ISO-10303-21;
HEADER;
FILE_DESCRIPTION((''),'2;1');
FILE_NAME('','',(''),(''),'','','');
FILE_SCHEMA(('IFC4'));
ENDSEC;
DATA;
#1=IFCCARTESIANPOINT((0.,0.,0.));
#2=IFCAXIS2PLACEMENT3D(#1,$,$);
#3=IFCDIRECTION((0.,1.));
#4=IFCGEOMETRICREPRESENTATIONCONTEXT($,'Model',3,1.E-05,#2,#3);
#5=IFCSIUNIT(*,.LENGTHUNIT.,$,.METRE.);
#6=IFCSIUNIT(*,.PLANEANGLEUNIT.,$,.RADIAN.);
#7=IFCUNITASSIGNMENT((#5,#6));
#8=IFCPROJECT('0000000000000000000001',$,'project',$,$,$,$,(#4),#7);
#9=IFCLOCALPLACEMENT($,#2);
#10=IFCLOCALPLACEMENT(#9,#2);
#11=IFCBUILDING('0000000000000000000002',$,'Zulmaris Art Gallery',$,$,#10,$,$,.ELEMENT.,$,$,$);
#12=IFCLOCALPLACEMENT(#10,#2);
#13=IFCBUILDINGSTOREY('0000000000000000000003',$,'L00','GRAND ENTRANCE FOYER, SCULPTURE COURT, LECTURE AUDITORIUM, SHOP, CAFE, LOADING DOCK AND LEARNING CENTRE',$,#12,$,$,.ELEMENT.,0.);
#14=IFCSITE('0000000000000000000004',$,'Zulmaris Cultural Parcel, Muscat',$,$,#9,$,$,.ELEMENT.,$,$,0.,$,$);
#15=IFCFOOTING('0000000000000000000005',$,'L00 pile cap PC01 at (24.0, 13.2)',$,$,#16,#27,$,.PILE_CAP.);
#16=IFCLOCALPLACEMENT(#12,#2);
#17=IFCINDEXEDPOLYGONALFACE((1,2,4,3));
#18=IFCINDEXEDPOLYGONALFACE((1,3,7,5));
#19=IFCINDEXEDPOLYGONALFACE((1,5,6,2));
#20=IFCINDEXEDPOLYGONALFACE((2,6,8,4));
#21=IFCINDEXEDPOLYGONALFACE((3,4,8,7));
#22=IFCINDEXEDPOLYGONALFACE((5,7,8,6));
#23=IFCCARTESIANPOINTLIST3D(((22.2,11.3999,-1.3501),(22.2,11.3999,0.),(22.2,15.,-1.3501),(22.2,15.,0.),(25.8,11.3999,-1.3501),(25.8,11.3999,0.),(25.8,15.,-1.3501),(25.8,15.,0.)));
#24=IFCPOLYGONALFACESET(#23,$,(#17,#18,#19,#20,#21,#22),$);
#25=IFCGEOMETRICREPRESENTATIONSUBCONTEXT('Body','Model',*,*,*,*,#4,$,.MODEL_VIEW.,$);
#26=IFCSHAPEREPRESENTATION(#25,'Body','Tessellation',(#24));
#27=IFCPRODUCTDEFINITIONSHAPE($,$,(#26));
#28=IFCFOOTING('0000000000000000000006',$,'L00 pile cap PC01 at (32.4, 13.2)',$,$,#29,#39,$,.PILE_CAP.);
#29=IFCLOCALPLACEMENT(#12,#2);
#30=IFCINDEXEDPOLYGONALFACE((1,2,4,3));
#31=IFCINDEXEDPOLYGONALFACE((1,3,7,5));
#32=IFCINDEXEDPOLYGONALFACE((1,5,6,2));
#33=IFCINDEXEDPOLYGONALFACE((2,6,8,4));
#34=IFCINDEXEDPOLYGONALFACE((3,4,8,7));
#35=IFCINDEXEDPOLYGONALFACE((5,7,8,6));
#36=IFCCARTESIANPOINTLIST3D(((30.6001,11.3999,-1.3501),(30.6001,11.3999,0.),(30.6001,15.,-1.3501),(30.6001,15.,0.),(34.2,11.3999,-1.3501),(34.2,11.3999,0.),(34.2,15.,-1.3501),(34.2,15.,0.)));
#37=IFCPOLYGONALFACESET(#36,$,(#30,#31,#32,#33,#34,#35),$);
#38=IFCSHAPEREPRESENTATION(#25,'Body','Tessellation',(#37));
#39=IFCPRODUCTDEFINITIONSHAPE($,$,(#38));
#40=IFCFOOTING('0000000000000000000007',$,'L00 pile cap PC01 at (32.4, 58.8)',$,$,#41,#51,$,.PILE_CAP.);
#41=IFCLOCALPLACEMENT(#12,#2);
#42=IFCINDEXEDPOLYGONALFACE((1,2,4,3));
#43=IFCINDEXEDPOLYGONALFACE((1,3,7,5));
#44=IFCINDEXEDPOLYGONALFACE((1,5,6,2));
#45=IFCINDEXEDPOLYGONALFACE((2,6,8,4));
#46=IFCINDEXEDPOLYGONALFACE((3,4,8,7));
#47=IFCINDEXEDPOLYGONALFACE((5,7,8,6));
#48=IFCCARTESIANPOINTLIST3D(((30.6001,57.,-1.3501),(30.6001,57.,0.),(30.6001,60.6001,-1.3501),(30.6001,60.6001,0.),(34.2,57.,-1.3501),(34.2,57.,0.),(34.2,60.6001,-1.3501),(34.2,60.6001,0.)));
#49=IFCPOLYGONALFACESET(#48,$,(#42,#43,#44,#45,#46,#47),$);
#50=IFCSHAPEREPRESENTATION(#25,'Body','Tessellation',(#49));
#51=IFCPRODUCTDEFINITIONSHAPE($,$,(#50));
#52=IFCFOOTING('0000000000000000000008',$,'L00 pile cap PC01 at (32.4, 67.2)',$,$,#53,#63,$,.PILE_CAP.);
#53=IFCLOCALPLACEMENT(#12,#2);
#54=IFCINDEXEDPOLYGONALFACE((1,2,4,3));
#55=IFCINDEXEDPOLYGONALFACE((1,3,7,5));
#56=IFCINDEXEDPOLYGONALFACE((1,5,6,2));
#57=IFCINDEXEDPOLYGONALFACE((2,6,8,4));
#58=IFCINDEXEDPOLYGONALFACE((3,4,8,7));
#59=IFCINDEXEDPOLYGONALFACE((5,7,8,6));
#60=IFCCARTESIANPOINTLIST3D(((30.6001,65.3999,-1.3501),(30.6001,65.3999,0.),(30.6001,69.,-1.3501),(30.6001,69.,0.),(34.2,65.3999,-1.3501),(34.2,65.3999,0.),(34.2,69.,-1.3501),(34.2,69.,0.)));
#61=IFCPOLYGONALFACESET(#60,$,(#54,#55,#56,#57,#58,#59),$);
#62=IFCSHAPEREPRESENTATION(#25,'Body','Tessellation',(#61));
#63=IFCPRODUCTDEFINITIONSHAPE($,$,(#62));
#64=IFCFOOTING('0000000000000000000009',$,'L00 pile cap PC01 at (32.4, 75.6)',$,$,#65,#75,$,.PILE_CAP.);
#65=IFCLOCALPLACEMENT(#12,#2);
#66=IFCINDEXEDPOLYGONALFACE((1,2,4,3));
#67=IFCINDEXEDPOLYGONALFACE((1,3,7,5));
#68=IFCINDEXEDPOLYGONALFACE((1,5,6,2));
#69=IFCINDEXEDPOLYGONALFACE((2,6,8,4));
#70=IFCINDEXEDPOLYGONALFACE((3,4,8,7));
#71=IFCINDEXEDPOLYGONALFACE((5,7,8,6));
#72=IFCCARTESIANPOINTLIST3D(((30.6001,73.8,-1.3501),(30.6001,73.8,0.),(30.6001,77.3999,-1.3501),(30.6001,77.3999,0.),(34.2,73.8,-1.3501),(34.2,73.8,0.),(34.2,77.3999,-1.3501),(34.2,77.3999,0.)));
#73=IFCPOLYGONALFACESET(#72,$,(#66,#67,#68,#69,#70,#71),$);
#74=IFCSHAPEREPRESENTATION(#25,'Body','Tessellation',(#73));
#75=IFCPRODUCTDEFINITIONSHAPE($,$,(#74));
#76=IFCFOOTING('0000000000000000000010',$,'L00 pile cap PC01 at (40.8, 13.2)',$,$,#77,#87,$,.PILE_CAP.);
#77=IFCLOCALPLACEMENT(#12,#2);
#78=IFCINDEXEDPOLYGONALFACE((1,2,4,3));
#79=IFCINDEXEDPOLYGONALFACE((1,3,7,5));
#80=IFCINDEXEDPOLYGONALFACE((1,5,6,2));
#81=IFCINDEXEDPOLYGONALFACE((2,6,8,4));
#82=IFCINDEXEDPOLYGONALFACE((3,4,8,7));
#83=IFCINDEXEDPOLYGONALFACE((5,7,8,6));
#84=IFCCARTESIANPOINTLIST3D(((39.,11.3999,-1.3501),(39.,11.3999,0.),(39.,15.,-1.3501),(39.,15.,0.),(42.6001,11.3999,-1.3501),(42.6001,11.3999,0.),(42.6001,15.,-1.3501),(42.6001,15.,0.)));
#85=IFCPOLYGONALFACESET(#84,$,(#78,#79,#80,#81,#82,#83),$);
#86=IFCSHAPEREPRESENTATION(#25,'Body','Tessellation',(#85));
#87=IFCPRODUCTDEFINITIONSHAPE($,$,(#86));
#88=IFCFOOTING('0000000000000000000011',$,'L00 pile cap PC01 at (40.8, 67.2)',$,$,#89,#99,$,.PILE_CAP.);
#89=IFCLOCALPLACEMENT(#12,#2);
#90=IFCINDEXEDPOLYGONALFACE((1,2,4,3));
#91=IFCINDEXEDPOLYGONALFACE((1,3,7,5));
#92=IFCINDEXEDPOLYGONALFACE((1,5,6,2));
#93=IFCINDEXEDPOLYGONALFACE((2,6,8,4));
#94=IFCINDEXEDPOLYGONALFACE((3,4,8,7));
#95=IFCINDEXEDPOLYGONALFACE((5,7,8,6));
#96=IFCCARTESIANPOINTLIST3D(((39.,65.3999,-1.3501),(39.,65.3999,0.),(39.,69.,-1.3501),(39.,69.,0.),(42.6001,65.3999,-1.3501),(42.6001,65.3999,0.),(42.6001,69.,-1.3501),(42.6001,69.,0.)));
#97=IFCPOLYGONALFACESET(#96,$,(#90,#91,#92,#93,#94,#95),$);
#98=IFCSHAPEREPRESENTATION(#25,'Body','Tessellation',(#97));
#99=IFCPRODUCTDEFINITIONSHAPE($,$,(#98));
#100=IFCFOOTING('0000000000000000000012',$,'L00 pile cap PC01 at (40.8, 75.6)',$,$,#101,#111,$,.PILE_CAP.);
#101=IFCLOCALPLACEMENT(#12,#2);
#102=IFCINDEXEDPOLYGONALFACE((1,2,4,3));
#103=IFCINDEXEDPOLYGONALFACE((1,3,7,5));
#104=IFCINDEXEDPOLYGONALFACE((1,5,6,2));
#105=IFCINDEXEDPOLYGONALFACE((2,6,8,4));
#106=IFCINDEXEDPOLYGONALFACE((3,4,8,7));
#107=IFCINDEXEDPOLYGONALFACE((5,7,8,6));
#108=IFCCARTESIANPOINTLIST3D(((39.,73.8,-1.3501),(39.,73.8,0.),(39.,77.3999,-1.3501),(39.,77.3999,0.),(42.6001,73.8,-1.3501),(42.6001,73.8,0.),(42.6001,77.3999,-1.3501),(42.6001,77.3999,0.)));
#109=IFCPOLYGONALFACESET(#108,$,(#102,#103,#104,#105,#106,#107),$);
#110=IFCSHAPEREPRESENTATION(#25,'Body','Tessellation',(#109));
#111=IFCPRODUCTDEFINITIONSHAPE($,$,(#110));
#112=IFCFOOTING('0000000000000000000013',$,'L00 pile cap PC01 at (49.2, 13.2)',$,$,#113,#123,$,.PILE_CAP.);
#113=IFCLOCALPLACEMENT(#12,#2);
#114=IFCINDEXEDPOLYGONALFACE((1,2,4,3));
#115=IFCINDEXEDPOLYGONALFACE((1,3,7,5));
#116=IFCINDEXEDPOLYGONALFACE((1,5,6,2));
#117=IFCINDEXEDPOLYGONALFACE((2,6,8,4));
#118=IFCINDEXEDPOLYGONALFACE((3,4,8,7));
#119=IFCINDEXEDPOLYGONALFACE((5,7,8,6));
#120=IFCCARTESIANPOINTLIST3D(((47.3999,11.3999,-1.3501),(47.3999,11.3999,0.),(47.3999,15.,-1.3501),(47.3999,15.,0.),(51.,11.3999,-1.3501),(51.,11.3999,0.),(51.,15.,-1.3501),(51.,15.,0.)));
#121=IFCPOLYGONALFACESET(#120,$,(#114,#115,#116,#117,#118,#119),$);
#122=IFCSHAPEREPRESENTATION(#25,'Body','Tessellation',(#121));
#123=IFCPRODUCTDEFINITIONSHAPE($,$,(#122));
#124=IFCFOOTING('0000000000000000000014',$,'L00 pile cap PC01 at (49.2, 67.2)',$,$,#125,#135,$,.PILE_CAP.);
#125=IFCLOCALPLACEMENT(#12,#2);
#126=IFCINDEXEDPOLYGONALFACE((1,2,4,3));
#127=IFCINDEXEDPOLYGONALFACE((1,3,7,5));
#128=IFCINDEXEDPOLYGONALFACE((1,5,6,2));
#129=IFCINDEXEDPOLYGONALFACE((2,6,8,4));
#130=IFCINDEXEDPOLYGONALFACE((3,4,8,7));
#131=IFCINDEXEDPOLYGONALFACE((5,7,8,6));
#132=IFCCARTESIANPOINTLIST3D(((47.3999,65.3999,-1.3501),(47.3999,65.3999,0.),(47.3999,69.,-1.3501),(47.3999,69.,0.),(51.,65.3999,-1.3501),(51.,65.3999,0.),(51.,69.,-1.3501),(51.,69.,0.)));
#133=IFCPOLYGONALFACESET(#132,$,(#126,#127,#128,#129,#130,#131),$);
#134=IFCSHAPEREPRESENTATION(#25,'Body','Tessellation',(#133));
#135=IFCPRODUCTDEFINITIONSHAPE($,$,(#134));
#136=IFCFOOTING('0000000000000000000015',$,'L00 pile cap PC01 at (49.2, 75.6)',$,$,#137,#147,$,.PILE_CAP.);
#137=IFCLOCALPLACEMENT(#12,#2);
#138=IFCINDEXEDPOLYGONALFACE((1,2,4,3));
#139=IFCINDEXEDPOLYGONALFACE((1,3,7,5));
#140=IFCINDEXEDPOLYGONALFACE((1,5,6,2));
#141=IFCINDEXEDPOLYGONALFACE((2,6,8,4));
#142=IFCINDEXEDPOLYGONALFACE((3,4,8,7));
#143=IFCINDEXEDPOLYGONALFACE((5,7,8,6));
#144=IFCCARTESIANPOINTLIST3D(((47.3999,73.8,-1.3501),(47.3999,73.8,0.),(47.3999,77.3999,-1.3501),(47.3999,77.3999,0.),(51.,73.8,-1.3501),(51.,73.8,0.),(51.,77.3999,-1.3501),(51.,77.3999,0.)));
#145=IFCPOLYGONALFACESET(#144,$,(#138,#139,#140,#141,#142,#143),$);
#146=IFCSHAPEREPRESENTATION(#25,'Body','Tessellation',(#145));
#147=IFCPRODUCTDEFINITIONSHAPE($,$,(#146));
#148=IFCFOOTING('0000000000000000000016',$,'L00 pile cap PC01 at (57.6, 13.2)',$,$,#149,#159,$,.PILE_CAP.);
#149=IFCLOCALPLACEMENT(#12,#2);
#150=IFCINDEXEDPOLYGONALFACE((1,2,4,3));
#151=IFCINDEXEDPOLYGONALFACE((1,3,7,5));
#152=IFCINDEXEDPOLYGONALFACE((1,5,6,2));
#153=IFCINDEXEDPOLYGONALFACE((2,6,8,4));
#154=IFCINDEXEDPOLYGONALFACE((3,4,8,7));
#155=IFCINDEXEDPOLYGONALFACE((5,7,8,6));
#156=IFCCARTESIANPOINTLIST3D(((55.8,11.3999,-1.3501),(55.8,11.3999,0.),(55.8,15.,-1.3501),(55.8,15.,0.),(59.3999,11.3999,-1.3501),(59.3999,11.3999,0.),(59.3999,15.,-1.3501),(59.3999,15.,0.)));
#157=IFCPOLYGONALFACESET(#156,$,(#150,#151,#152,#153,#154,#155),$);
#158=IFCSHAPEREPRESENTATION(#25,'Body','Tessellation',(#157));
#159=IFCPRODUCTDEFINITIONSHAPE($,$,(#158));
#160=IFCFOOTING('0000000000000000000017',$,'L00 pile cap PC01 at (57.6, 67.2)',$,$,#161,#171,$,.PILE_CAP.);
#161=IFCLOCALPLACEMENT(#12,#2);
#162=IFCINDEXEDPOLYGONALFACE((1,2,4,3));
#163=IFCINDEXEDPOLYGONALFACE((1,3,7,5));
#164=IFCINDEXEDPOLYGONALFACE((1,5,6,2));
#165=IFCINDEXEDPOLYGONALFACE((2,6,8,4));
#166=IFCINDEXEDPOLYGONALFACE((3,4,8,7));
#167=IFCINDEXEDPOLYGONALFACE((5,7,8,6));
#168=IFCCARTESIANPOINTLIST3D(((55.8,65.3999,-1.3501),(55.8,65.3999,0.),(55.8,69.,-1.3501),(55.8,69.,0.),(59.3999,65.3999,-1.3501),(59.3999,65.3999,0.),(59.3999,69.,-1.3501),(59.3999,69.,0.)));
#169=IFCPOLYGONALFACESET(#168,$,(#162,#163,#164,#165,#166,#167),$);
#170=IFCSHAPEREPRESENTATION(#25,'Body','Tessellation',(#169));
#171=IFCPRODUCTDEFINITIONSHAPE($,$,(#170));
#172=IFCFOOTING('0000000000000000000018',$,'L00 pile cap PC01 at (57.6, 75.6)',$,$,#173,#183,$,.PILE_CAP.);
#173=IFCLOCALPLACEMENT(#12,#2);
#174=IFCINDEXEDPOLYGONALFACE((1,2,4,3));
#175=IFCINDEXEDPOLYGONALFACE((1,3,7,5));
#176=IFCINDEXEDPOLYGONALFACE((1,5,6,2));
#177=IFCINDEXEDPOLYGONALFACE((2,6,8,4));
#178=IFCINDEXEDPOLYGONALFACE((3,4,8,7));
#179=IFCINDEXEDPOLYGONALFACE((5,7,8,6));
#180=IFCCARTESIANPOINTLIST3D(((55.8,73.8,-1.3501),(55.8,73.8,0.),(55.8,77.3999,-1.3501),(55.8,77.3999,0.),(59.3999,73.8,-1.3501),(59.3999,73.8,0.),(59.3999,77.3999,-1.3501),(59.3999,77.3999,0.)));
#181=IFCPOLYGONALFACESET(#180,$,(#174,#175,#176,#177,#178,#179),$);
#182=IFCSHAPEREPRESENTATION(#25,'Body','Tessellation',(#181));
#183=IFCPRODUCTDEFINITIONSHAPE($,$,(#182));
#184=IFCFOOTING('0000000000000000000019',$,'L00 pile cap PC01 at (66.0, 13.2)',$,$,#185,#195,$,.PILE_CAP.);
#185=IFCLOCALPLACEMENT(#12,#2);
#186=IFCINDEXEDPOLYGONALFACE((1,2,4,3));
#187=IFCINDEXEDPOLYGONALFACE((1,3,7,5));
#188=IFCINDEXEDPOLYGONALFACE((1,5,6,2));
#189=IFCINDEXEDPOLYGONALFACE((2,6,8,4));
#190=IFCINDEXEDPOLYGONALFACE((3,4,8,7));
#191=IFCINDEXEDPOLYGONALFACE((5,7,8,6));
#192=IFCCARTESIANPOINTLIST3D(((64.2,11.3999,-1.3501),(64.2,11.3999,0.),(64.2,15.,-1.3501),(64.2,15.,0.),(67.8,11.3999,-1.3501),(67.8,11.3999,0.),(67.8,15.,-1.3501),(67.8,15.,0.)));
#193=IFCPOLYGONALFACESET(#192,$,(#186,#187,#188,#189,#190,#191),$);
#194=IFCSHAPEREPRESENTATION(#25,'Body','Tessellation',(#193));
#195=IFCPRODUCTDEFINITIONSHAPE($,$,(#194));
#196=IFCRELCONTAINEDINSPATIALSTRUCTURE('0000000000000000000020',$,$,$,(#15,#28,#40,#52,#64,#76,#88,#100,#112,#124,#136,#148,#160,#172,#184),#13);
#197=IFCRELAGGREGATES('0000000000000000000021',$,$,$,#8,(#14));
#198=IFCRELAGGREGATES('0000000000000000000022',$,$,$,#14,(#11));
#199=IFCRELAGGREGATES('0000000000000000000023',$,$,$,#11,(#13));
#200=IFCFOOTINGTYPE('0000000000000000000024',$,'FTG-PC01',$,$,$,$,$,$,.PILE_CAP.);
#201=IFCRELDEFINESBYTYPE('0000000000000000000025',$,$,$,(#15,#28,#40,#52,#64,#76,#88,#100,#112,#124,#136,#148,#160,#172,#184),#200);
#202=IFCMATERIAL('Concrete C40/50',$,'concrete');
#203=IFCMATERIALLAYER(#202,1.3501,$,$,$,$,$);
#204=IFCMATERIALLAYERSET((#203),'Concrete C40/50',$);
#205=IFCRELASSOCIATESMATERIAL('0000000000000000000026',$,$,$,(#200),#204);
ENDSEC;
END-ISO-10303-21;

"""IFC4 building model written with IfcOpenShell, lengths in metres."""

from ifc_helpers import new_model, si_unit, direction, frame, origin, place, context, subcontext, project, spatial, polyline, outline, extrude, material, layer, layer_set, type_object, element, save


model = new_model("IFC4")

# Units and contexts
model_context = context("Model", 3, precision=1e-05, world=origin(), true_north=direction((0.0, 1.0)))
body_context = subcontext(model_context, "Body", "Model", "MODEL_VIEW")
ifc_project = project(units=[si_unit("LENGTHUNIT", "METRE"), si_unit("PLANEANGLEUNIT", "RADIAN")], contexts=[model_context])

# Site, building, storey
site_placement = place(None, origin())
site = spatial("IfcSite", under=ifc_project, at=site_placement, Name="Zulmaris Cultural Parcel, Muscat", CompositionType="ELEMENT", RefElevation=0.0)
building_placement = place(site_placement, origin())
building = spatial("IfcBuilding", under=site, at=building_placement, Name="Zulmaris Art Gallery", CompositionType="ELEMENT")
storey_placement = place(building_placement, origin())
storey = spatial("IfcBuildingStorey", under=building, at=storey_placement, Name="L00", Description="GRAND ENTRANCE FOYER, SCULPTURE COURT, LECTURE AUDITORIUM, SHOP, CAFE, LOADING DOCK AND LEARNING CENTRE", CompositionType="ELEMENT", Elevation=0.0)

# Footings
ifc_material = material(Name="Concrete C40/50", Category="concrete")
ifc_layer_1 = layer(ifc_material, 1.3501)
ifc_layer_set_1 = layer_set([ifc_layer_1], Name="Concrete C40/50")
footing_type_1 = type_object("IfcFootingType", Name="FTG-PC01", PredefinedType="PILE_CAP", material=ifc_layer_set_1)
footing_1_placement = place(storey_placement, frame((0.0, 0.0, -1.3501)))
element("IfcFooting", 1, at=footing_1_placement, inside=storey, type_object=footing_type_1, Name="L00 pile cap PC01 at (24.0, 13.2)", PredefinedType="PILE_CAP", context=body_context, shape_type="SweptSolid", body=[
    extrude(outline(polyline([(22.2, 11.3999), (25.8, 11.3999), (25.8, 15.0), (22.2, 15.0), (22.2, 11.3999)])), origin(), (0.0, 0.0, 1.0), 1.3501),
])
footing_2_placement = place(storey_placement, frame((0.0, 0.0, -1.3501)))
element("IfcFooting", 2, at=footing_2_placement, inside=storey, type_object=footing_type_1, Name="L00 pile cap PC01 at (32.4, 13.2)", PredefinedType="PILE_CAP", context=body_context, shape_type="SweptSolid", body=[
    extrude(outline(polyline([(30.6001, 11.3999), (34.2, 11.3999), (34.2, 15.0), (30.6001, 15.0), (30.6001, 11.3999)])), origin(), (0.0, 0.0, 1.0), 1.3501),
])
footing_3_placement = place(storey_placement, frame((0.0, 0.0, -1.3501)))
element("IfcFooting", 3, at=footing_3_placement, inside=storey, type_object=footing_type_1, Name="L00 pile cap PC01 at (32.4, 58.8)", PredefinedType="PILE_CAP", context=body_context, shape_type="SweptSolid", body=[
    extrude(outline(polyline([(30.6001, 57.0), (34.2, 57.0), (34.2, 60.6001), (30.6001, 60.6001), (30.6001, 57.0)])), origin(), (0.0, 0.0, 1.0), 1.3501),
])
footing_4_placement = place(storey_placement, frame((0.0, 0.0, -1.3501)))
element("IfcFooting", 4, at=footing_4_placement, inside=storey, type_object=footing_type_1, Name="L00 pile cap PC01 at (32.4, 67.2)", PredefinedType="PILE_CAP", context=body_context, shape_type="SweptSolid", body=[
    extrude(outline(polyline([(30.6001, 65.3999), (34.2, 65.3999), (34.2, 69.0), (30.6001, 69.0), (30.6001, 65.3999)])), origin(), (0.0, 0.0, 1.0), 1.3501),
])
footing_5_placement = place(storey_placement, frame((0.0, 0.0, -1.3501)))
element("IfcFooting", 5, at=footing_5_placement, inside=storey, type_object=footing_type_1, Name="L00 pile cap PC01 at (32.4, 75.6)", PredefinedType="PILE_CAP", context=body_context, shape_type="SweptSolid", body=[
    extrude(outline(polyline([(30.6001, 73.8), (34.2, 73.8), (34.2, 77.3999), (30.6001, 77.3999), (30.6001, 73.8)])), origin(), (0.0, 0.0, 1.0), 1.3501),
])
footing_6_placement = place(storey_placement, frame((0.0, 0.0, -1.3501)))
element("IfcFooting", 6, at=footing_6_placement, inside=storey, type_object=footing_type_1, Name="L00 pile cap PC01 at (40.8, 13.2)", PredefinedType="PILE_CAP", context=body_context, shape_type="SweptSolid", body=[
    extrude(outline(polyline([(39.0, 11.3999), (42.6001, 11.3999), (42.6001, 15.0), (39.0, 15.0), (39.0, 11.3999)])), origin(), (0.0, 0.0, 1.0), 1.3501),
])
footing_7_placement = place(storey_placement, frame((0.0, 0.0, -1.3501)))
element("IfcFooting", 7, at=footing_7_placement, inside=storey, type_object=footing_type_1, Name="L00 pile cap PC01 at (40.8, 67.2)", PredefinedType="PILE_CAP", context=body_context, shape_type="SweptSolid", body=[
    extrude(outline(polyline([(39.0, 65.3999), (42.6001, 65.3999), (42.6001, 69.0), (39.0, 69.0), (39.0, 65.3999)])), origin(), (0.0, 0.0, 1.0), 1.3501),
])
footing_8_placement = place(storey_placement, frame((0.0, 0.0, -1.3501)))
element("IfcFooting", 8, at=footing_8_placement, inside=storey, type_object=footing_type_1, Name="L00 pile cap PC01 at (40.8, 75.6)", PredefinedType="PILE_CAP", context=body_context, shape_type="SweptSolid", body=[
    extrude(outline(polyline([(39.0, 73.8), (42.6001, 73.8), (42.6001, 77.3999), (39.0, 77.3999), (39.0, 73.8)])), origin(), (0.0, 0.0, 1.0), 1.3501),
])
footing_9_placement = place(storey_placement, frame((0.0, 0.0, -1.3501)))
element("IfcFooting", 9, at=footing_9_placement, inside=storey, type_object=footing_type_1, Name="L00 pile cap PC01 at (49.2, 13.2)", PredefinedType="PILE_CAP", context=body_context, shape_type="SweptSolid", body=[
    extrude(outline(polyline([(47.3999, 11.3999), (51.0, 11.3999), (51.0, 15.0), (47.3999, 15.0), (47.3999, 11.3999)])), origin(), (0.0, 0.0, 1.0), 1.3501),
])
footing_10_placement = place(storey_placement, frame((0.0, 0.0, -1.3501)))
element("IfcFooting", 10, at=footing_10_placement, inside=storey, type_object=footing_type_1, Name="L00 pile cap PC01 at (49.2, 67.2)", PredefinedType="PILE_CAP", context=body_context, shape_type="SweptSolid", body=[
    extrude(outline(polyline([(47.3999, 65.3999), (51.0, 65.3999), (51.0, 69.0), (47.3999, 69.0), (47.3999, 65.3999)])), origin(), (0.0, 0.0, 1.0), 1.3501),
])
footing_11_placement = place(storey_placement, frame((0.0, 0.0, -1.3501)))
element("IfcFooting", 11, at=footing_11_placement, inside=storey, type_object=footing_type_1, Name="L00 pile cap PC01 at (49.2, 75.6)", PredefinedType="PILE_CAP", context=body_context, shape_type="SweptSolid", body=[
    extrude(outline(polyline([(47.3999, 73.8), (51.0, 73.8), (51.0, 77.3999), (47.3999, 77.3999), (47.3999, 73.8)])), origin(), (0.0, 0.0, 1.0), 1.3501),
])
footing_12_placement = place(storey_placement, frame((0.0, 0.0, -1.3501)))
element("IfcFooting", 12, at=footing_12_placement, inside=storey, type_object=footing_type_1, Name="L00 pile cap PC01 at (57.6, 13.2)", PredefinedType="PILE_CAP", context=body_context, shape_type="SweptSolid", body=[
    extrude(outline(polyline([(55.8, 11.3999), (59.3999, 11.3999), (59.3999, 15.0), (55.8, 15.0), (55.8, 11.3999)])), origin(), (0.0, 0.0, 1.0), 1.3501),
])
footing_13_placement = place(storey_placement, frame((0.0, 0.0, -1.3501)))
element("IfcFooting", 13, at=footing_13_placement, inside=storey, type_object=footing_type_1, Name="L00 pile cap PC01 at (57.6, 67.2)", PredefinedType="PILE_CAP", context=body_context, shape_type="SweptSolid", body=[
    extrude(outline(polyline([(55.8, 65.3999), (59.3999, 65.3999), (59.3999, 69.0), (55.8, 69.0), (55.8, 65.3999)])), origin(), (0.0, 0.0, 1.0), 1.3501),
])
footing_14_placement = place(storey_placement, frame((0.0, 0.0, -1.3501)))
element("IfcFooting", 14, at=footing_14_placement, inside=storey, type_object=footing_type_1, Name="L00 pile cap PC01 at (57.6, 75.6)", PredefinedType="PILE_CAP", context=body_context, shape_type="SweptSolid", body=[
    extrude(outline(polyline([(55.8, 73.8), (59.3999, 73.8), (59.3999, 77.3999), (55.8, 77.3999), (55.8, 73.8)])), origin(), (0.0, 0.0, 1.0), 1.3501),
])
footing_15_placement = place(storey_placement, frame((0.0, 0.0, -1.3501)))
element("IfcFooting", 15, at=footing_15_placement, inside=storey, type_object=footing_type_1, Name="L00 pile cap PC01 at (66.0, 13.2)", PredefinedType="PILE_CAP", context=body_context, shape_type="SweptSolid", body=[
    extrude(outline(polyline([(64.2, 11.3999), (67.8, 11.3999), (67.8, 15.0), (64.2, 15.0), (64.2, 11.3999)])), origin(), (0.0, 0.0, 1.0), 1.3501),
])

save(model, "model.ifc")
